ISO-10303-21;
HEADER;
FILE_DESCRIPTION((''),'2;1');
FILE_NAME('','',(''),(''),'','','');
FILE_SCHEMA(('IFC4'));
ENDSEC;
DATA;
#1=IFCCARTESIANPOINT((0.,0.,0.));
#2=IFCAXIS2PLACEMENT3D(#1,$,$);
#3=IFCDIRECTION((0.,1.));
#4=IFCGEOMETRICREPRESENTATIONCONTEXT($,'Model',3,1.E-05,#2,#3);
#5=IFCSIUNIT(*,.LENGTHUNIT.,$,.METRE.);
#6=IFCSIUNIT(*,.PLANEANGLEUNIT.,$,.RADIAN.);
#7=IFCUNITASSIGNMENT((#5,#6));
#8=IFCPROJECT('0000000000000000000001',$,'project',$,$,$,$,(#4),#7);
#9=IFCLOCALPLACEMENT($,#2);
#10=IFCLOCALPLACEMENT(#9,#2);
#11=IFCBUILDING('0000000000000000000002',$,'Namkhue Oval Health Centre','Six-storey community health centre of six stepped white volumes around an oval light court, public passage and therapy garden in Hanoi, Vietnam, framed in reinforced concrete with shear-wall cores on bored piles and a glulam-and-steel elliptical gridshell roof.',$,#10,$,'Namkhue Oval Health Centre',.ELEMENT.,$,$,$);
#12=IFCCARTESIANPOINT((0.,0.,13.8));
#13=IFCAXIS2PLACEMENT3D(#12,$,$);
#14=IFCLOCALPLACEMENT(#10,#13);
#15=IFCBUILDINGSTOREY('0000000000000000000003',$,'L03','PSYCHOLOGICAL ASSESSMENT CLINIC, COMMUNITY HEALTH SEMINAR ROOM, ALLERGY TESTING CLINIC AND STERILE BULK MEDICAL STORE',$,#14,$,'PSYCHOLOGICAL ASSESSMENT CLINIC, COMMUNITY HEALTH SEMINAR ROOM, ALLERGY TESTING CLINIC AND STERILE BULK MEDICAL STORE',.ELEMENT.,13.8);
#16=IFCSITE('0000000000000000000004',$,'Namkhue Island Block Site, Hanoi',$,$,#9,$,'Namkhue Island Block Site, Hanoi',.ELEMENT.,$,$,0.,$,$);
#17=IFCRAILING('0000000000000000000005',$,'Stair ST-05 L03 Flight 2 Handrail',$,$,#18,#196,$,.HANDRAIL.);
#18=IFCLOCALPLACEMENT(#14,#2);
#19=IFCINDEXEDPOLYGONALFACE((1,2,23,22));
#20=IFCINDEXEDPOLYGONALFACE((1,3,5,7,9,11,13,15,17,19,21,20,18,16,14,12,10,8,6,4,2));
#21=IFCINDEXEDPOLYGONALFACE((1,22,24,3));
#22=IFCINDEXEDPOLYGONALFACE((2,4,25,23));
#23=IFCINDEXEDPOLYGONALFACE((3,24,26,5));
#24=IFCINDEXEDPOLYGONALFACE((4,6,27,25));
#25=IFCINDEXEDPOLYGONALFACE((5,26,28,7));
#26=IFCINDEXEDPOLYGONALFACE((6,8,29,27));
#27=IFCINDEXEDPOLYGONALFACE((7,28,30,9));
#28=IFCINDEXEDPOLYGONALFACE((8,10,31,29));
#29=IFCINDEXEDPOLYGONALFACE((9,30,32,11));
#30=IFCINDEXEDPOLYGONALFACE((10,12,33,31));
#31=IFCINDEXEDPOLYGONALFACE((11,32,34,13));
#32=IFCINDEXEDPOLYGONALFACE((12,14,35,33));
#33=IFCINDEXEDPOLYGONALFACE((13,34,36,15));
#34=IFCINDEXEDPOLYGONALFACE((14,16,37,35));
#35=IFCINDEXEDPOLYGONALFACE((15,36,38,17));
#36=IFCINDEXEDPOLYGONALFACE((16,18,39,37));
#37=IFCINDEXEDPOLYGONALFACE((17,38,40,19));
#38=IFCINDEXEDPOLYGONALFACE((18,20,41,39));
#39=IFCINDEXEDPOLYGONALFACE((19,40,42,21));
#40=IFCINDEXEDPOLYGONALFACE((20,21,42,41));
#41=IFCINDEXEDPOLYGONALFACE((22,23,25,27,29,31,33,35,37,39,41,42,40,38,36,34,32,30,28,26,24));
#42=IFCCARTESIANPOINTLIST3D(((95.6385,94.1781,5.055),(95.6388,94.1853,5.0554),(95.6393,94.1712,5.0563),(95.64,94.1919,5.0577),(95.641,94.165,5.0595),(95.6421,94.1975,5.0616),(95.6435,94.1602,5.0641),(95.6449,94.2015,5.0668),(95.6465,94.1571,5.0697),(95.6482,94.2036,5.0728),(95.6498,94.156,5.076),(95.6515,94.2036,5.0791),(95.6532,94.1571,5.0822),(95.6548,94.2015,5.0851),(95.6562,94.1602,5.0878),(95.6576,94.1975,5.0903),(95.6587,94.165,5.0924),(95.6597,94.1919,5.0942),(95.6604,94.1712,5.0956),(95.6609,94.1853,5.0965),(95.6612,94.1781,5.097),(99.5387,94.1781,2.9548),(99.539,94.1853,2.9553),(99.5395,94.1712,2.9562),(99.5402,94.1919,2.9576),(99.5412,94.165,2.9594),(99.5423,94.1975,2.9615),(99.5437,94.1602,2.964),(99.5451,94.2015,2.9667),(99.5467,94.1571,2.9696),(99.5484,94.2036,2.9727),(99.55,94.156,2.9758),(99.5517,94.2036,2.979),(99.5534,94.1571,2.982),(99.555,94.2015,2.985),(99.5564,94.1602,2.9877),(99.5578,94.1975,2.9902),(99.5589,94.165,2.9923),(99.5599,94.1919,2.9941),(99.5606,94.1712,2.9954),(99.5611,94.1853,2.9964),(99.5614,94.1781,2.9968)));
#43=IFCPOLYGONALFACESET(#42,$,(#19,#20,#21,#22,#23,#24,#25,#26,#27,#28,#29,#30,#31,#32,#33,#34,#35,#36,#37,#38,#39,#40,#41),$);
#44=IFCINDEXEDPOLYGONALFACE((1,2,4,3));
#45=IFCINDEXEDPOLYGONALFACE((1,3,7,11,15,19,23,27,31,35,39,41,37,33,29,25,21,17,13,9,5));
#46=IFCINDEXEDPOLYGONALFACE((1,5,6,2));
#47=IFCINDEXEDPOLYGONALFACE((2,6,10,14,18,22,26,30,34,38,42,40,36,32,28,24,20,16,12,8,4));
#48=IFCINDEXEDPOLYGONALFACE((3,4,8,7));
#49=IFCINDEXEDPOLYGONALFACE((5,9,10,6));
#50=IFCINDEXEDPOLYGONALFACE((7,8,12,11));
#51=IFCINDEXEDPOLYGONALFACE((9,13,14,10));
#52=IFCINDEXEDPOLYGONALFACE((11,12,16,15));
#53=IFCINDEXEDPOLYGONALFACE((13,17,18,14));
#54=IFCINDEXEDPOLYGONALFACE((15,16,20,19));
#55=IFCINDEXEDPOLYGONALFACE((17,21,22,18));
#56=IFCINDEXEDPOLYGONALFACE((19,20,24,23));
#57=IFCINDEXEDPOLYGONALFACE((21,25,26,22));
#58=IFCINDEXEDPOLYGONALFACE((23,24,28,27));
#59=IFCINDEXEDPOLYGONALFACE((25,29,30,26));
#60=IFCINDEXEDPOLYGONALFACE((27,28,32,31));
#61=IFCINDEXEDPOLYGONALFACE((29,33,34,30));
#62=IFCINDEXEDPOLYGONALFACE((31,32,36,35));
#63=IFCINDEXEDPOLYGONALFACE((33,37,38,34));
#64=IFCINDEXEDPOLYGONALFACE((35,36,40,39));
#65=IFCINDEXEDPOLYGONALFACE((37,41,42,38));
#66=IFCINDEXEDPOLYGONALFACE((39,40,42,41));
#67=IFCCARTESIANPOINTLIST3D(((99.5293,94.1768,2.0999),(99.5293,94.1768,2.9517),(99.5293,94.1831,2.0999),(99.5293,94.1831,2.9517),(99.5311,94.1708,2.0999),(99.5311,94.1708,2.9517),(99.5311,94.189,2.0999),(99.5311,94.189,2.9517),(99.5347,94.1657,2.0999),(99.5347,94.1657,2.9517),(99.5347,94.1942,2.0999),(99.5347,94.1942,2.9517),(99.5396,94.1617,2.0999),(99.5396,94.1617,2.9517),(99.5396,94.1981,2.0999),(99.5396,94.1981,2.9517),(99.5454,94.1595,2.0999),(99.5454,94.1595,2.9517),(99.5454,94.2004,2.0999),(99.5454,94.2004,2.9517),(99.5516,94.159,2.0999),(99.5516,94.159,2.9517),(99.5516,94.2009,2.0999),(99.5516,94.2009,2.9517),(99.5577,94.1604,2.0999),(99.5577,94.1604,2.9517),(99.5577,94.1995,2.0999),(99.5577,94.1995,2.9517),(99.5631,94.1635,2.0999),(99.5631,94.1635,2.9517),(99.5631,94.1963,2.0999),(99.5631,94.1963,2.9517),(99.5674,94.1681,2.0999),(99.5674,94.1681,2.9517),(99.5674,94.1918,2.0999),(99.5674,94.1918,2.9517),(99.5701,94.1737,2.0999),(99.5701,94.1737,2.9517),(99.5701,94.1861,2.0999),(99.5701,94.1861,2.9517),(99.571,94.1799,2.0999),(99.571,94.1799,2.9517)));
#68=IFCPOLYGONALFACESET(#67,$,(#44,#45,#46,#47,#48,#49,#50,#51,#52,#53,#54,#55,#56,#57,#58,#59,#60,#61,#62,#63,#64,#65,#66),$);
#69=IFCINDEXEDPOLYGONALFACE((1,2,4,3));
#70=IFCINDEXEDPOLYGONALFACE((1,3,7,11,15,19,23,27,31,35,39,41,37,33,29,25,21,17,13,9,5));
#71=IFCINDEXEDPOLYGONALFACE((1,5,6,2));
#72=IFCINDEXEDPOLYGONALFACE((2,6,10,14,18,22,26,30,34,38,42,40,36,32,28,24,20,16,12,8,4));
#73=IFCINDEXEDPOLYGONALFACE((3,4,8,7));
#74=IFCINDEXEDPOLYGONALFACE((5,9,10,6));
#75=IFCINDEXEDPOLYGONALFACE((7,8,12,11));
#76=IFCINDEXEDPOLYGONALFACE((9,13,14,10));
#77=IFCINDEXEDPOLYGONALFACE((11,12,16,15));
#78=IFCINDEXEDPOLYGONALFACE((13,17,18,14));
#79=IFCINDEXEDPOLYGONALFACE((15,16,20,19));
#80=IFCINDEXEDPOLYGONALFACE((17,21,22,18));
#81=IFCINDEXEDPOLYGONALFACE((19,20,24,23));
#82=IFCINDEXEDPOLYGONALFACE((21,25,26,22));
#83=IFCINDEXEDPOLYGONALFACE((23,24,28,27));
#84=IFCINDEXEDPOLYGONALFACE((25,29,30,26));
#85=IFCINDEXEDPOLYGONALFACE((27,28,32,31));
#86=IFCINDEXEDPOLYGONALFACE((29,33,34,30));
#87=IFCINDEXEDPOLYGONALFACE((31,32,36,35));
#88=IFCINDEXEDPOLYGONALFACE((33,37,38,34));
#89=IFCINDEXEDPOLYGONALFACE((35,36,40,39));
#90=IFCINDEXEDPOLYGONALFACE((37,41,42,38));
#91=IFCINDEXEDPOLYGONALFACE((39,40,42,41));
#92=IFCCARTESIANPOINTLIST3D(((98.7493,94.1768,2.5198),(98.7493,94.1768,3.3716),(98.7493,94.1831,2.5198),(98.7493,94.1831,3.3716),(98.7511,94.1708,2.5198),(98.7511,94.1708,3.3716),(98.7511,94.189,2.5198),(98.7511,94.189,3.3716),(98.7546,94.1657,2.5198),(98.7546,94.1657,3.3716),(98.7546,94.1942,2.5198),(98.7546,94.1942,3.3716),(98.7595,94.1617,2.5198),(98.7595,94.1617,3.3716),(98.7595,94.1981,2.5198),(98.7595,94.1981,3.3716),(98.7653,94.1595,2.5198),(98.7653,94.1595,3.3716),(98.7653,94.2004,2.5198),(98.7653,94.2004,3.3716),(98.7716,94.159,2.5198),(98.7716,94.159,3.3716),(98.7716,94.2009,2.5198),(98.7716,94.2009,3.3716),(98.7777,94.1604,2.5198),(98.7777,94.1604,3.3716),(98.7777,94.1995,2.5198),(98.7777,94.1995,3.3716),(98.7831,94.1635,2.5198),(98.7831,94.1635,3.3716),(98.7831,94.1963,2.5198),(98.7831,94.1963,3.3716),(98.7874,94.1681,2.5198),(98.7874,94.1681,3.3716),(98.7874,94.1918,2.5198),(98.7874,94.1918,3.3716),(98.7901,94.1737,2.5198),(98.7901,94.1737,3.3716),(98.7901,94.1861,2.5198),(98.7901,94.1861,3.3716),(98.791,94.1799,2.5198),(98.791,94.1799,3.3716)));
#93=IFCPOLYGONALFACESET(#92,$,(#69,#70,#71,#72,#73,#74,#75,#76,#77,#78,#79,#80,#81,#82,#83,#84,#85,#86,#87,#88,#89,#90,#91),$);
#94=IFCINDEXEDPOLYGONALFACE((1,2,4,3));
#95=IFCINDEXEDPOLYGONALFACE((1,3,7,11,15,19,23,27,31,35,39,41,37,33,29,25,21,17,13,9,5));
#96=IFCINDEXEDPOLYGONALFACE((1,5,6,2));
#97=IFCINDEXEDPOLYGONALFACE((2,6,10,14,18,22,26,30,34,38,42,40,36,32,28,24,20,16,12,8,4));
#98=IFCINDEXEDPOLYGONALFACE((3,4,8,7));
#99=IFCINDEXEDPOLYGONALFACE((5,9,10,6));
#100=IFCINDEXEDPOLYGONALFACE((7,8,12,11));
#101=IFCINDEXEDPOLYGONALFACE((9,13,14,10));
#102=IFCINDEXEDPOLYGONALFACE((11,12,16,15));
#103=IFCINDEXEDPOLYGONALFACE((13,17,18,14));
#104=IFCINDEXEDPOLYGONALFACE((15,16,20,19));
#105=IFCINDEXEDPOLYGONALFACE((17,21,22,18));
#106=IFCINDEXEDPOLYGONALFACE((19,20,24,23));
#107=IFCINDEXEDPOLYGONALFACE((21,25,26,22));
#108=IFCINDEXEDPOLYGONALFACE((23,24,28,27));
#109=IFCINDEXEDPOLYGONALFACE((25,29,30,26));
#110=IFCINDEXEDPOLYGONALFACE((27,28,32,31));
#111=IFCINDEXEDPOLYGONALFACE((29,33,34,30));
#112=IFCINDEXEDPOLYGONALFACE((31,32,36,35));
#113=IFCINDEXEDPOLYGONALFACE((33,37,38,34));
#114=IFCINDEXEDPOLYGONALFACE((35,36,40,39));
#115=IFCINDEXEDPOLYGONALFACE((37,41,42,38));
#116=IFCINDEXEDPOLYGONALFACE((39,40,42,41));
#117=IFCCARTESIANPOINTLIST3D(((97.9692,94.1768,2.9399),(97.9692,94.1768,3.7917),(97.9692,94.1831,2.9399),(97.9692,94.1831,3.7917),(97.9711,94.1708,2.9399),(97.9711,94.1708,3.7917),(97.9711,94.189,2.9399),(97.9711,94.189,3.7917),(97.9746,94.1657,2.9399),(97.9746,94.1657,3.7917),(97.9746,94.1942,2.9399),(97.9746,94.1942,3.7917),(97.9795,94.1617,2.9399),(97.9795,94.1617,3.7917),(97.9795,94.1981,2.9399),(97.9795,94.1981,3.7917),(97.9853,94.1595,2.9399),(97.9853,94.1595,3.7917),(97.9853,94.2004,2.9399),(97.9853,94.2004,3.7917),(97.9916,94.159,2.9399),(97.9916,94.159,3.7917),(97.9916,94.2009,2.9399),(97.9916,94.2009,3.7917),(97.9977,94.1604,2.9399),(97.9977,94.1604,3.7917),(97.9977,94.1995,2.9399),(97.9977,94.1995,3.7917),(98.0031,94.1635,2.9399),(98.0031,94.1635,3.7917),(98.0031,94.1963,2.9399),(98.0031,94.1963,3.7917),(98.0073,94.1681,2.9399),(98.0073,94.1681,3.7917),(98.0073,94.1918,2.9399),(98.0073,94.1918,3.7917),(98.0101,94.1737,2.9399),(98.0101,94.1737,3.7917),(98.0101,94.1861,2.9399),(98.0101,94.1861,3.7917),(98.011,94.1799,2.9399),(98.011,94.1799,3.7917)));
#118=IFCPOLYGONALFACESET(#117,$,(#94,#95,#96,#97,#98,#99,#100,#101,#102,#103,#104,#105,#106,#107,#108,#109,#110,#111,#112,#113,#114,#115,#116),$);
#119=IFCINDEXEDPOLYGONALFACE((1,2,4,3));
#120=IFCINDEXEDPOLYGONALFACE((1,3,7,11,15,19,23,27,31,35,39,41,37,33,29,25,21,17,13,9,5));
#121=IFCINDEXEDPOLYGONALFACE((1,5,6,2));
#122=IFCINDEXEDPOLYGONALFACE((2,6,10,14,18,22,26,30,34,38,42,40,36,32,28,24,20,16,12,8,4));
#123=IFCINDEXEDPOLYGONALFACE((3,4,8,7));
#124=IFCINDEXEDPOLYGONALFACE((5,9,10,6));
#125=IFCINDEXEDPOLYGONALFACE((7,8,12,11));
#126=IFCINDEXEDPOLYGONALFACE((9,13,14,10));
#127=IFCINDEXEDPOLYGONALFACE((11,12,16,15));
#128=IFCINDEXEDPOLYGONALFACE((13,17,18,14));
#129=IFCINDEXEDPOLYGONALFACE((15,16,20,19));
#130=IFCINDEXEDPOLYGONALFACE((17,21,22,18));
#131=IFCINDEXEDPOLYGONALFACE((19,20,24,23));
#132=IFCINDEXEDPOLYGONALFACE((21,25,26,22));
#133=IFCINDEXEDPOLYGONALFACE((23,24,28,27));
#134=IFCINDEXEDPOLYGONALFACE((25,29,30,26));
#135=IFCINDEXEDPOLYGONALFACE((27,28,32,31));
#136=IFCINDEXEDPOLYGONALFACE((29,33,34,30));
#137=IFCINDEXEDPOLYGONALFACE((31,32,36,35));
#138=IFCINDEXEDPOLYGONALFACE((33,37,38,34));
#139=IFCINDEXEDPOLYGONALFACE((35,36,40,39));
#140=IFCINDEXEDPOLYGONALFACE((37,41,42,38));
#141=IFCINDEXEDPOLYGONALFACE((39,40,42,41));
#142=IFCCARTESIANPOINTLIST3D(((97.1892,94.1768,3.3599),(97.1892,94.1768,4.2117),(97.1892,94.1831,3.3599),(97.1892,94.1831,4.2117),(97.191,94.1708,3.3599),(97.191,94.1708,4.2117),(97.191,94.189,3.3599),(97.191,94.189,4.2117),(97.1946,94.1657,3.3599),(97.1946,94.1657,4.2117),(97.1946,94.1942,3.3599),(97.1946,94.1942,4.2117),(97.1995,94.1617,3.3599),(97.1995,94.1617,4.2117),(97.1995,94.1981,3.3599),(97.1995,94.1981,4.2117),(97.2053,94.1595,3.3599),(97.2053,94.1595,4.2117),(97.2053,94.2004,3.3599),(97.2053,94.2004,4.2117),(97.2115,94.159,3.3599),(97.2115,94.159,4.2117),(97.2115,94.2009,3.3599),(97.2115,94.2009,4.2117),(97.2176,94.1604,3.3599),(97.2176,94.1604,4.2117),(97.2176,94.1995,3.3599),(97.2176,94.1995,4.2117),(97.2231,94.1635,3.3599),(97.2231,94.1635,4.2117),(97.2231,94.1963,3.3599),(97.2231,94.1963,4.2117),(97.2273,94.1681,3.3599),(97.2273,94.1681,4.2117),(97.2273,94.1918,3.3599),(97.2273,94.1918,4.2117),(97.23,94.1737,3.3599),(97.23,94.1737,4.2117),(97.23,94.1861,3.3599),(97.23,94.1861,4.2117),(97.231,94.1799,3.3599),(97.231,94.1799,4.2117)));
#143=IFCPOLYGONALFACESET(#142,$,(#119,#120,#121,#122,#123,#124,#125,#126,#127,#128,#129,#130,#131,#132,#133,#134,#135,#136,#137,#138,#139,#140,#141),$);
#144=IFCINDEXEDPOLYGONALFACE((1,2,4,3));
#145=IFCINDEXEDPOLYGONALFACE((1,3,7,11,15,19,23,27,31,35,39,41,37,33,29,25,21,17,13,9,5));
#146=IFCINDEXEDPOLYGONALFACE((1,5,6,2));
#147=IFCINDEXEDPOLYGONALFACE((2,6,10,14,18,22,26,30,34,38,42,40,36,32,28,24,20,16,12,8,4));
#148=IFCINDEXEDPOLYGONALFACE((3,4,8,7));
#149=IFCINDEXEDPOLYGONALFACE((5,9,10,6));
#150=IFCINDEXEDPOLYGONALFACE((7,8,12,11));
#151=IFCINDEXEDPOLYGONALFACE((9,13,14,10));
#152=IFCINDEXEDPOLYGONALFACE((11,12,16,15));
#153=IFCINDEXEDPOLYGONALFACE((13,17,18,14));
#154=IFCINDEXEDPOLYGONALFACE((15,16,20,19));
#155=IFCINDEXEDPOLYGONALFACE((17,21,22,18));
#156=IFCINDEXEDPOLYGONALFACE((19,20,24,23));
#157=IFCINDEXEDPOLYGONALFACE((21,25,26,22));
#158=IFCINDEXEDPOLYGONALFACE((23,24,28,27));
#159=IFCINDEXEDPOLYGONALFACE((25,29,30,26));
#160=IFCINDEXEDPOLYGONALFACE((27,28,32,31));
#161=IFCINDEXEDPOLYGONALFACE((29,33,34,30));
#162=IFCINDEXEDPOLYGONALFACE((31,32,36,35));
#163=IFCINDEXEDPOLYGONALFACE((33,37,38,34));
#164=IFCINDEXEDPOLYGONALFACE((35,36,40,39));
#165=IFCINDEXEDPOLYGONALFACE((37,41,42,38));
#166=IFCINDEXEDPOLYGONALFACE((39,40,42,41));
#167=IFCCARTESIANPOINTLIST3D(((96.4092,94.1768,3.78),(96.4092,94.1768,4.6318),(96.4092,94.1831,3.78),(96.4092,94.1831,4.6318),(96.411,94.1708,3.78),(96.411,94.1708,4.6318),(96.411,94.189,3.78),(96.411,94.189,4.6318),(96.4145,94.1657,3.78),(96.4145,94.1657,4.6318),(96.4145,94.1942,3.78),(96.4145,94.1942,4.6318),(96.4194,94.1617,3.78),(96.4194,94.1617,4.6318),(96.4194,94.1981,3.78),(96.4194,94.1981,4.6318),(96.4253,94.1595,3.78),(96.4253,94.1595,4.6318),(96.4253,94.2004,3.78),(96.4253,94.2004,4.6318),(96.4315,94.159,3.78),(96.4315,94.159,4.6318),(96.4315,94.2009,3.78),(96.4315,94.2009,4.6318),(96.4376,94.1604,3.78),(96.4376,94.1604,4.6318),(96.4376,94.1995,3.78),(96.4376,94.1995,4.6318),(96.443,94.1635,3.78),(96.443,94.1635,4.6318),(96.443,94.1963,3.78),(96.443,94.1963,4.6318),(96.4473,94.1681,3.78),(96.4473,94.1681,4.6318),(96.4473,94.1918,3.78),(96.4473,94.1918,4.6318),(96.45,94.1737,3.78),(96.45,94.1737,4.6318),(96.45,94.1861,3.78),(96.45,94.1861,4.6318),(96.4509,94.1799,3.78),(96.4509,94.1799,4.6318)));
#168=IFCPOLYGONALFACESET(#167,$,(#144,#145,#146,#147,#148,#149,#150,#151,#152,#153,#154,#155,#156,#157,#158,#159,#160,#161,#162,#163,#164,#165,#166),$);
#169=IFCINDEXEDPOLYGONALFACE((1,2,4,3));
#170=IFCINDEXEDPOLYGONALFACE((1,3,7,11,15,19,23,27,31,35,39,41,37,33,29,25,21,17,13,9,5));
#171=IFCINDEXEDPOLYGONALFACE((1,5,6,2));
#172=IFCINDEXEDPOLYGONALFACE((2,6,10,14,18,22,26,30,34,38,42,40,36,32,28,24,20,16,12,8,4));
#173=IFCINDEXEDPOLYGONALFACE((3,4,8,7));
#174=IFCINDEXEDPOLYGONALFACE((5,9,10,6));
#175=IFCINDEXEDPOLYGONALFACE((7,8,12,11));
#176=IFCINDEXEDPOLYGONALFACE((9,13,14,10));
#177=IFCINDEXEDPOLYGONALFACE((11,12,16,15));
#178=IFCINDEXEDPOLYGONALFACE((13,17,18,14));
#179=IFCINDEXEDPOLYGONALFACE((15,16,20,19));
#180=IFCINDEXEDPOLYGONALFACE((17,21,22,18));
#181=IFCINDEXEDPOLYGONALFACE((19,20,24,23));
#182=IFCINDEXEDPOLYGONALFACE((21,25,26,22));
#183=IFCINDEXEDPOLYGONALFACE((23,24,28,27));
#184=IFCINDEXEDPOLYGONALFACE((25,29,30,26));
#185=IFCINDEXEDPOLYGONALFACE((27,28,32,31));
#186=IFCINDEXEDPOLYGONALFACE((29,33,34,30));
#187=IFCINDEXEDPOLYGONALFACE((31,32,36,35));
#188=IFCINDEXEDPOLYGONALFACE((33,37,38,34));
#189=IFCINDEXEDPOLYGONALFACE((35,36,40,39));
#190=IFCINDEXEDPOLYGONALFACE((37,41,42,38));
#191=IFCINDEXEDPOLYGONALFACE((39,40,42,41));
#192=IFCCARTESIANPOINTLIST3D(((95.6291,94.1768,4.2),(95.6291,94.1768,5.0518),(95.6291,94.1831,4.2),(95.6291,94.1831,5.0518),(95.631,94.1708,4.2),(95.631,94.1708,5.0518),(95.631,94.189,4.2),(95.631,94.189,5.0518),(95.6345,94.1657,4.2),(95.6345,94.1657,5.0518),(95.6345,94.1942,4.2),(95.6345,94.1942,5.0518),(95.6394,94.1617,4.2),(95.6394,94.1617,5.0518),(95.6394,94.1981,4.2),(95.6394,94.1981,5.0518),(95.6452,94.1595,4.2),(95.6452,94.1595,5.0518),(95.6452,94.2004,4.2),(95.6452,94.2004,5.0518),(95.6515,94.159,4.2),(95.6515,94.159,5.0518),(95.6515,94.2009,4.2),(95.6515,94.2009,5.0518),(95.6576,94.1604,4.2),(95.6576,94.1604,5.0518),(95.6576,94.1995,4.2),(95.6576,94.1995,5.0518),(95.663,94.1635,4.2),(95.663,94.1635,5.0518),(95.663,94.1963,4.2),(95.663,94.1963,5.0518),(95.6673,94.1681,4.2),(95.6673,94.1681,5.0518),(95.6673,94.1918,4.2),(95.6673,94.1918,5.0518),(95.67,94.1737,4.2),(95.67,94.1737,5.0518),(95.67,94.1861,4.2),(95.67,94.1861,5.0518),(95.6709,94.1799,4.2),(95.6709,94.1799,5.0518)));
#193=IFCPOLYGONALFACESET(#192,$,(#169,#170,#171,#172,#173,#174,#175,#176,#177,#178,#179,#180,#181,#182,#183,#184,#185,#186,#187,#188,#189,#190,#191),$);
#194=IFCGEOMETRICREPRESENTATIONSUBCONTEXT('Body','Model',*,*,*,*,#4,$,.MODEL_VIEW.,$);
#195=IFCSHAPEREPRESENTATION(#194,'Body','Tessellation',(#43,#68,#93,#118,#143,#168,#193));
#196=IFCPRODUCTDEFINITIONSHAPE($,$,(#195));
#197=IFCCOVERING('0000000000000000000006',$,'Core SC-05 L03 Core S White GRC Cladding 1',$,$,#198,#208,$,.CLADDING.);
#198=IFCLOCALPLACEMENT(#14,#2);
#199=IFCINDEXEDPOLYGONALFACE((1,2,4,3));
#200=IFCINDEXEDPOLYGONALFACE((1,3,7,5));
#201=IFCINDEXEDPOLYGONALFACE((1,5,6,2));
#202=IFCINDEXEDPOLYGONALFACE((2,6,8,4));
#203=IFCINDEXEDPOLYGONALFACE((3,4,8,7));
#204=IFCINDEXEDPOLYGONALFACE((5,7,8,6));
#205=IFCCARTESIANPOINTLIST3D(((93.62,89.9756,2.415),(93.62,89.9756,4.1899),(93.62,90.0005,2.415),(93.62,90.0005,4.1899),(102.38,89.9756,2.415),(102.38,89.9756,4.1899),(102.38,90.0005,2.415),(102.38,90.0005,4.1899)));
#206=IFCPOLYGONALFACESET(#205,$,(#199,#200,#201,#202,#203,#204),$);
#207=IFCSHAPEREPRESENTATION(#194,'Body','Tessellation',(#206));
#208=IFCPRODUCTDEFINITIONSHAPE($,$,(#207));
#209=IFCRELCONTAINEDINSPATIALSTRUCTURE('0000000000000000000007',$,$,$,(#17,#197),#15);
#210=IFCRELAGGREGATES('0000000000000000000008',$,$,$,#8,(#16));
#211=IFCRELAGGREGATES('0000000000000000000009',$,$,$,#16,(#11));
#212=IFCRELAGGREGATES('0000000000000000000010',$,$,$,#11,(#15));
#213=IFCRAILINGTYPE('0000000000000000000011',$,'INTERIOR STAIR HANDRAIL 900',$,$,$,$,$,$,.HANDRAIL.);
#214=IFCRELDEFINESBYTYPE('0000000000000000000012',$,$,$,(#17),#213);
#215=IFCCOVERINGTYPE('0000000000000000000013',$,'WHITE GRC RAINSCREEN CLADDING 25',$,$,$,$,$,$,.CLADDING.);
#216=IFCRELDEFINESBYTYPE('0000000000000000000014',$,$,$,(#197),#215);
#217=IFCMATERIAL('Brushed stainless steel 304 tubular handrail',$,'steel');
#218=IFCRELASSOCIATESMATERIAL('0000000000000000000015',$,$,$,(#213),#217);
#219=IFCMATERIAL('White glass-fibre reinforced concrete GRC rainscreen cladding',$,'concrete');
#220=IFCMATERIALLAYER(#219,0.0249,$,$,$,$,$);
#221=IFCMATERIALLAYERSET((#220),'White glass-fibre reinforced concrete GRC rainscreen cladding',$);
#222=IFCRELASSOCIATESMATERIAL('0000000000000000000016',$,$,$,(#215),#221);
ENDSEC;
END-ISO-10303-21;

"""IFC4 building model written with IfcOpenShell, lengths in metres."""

from ifc_helpers import new_model, si_unit, direction, frame, origin, origin_2d, place, context, subcontext, project, spatial, rectangle, circle, extrude, material, layer, layer_set, type_object, element, save


model = new_model("IFC4")

# Units and contexts
model_context = context("Model", 3, precision=1e-05, world=origin(), true_north=direction((0.0, 1.0)))
body_context = subcontext(model_context, "Body", "Model", "MODEL_VIEW")
ifc_project = project(units=[si_unit("LENGTHUNIT", "METRE"), si_unit("PLANEANGLEUNIT", "RADIAN")], contexts=[model_context])

# Site, building, storey
site_placement = place(None, origin())
site = spatial("IfcSite", under=ifc_project, at=site_placement, Name="Namkhue Island Block Site, Hanoi", LongName="Namkhue Island Block Site, Hanoi", CompositionType="ELEMENT", RefElevation=0.0)
building_placement = place(site_placement, origin())
building = spatial("IfcBuilding", under=site, at=building_placement, Name="Namkhue Oval Health Centre", Description="Six-storey community health centre of six stepped white volumes around an oval light court, public passage and therapy garden in Hanoi, Vietnam, framed in reinforced concrete with shear-wall cores on bored piles and a glulam-and-steel elliptical gridshell roof.", LongName="Namkhue Oval Health Centre", CompositionType="ELEMENT")
storey_placement = place(building_placement, frame((0.0, 0.0, 13.8)))
storey = spatial("IfcBuildingStorey", under=building, at=storey_placement, Name="L03", Description="PSYCHOLOGICAL ASSESSMENT CLINIC, COMMUNITY HEALTH SEMINAR ROOM, ALLERGY TESTING CLINIC AND STERILE BULK MEDICAL STORE", LongName="PSYCHOLOGICAL ASSESSMENT CLINIC, COMMUNITY HEALTH SEMINAR ROOM, ALLERGY TESTING CLINIC AND STERILE BULK MEDICAL STORE", CompositionType="ELEMENT", Elevation=13.8)

# Railing
ifc_material_1 = material(Name="Brushed stainless steel 304 tubular handrail", Category="steel")
railing_type_1 = type_object("IfcRailingType", Name="INTERIOR STAIR HANDRAIL 900", PredefinedType="HANDRAIL", material=ifc_material_1)
railing_1_placement = place(storey_placement, frame((99.55, 94.1799, 2.0999)))
element("IfcRailing", 1, at=railing_1_placement, inside=storey, type_object=railing_type_1, Name="Stair ST-05 L03 Flight 2 Handrail", PredefinedType="HANDRAIL", context=body_context, shape_type="SweptSolid", body=[
    extrude(circle(Radius=0.0239, at=origin_2d()), frame((0.0, 0.0, 0.876), z_axis=(-0.880469, 0.0, 0.474103), x_axis=(0.0, -1.0, 0.0)), (0.0, 0.0, 1.0), 4.4297),
    extrude(circle(Radius=0.021, at=origin_2d()), origin(), (0.0, 0.0, 1.0), 0.8518),
    extrude(circle(Radius=0.021, at=origin_2d()), frame((-0.78, 0.0, 0.4199)), (0.0, 0.0, 1.0), 0.8518),
    extrude(circle(Radius=0.021, at=origin_2d()), frame((-1.5601, 0.0, 0.8401)), (0.0, 0.0, 1.0), 0.8518),
    extrude(circle(Radius=0.021, at=origin_2d()), frame((-2.3401, 0.0, 1.26)), (0.0, 0.0, 1.0), 0.8518),
    extrude(circle(Radius=0.021, at=origin_2d()), frame((-3.1201, 0.0, 1.6802)), (0.0, 0.0, 1.0), 0.8518),
    extrude(circle(Radius=0.021, at=origin_2d()), frame((-3.9001, 0.0, 2.1001)), (0.0, 0.0, 1.0), 0.8518),
])

# Covering
ifc_material_2 = material(Name="White glass-fibre reinforced concrete GRC rainscreen cladding", Category="concrete")
ifc_layer_1 = layer(ifc_material_2, 0.0249)
ifc_layer_set_1 = layer_set([ifc_layer_1], Name="White glass-fibre reinforced concrete GRC rainscreen cladding")
covering_type = type_object("IfcCoveringType", Name="WHITE GRC RAINSCREEN CLADDING 25", PredefinedType="CLADDING", material=ifc_layer_set_1)
covering_1_placement = place(storey_placement, frame((98.0, 89.988, 2.415), z_axis=(0.0, 0.0, 1.0), x_axis=(1.0, 0.0, 0.0)))
element("IfcCovering", 2, at=covering_1_placement, inside=storey, type_object=covering_type, Name="Core SC-05 L03 Core S White GRC Cladding 1", PredefinedType="CLADDING", context=body_context, shape_type="SweptSolid", body=[
    extrude(rectangle(XDim=8.76, YDim=0.0249, at=origin_2d()), origin(), (0.0, 0.0, 1.0), 1.7749),
])

save(model, "model.ifc")
